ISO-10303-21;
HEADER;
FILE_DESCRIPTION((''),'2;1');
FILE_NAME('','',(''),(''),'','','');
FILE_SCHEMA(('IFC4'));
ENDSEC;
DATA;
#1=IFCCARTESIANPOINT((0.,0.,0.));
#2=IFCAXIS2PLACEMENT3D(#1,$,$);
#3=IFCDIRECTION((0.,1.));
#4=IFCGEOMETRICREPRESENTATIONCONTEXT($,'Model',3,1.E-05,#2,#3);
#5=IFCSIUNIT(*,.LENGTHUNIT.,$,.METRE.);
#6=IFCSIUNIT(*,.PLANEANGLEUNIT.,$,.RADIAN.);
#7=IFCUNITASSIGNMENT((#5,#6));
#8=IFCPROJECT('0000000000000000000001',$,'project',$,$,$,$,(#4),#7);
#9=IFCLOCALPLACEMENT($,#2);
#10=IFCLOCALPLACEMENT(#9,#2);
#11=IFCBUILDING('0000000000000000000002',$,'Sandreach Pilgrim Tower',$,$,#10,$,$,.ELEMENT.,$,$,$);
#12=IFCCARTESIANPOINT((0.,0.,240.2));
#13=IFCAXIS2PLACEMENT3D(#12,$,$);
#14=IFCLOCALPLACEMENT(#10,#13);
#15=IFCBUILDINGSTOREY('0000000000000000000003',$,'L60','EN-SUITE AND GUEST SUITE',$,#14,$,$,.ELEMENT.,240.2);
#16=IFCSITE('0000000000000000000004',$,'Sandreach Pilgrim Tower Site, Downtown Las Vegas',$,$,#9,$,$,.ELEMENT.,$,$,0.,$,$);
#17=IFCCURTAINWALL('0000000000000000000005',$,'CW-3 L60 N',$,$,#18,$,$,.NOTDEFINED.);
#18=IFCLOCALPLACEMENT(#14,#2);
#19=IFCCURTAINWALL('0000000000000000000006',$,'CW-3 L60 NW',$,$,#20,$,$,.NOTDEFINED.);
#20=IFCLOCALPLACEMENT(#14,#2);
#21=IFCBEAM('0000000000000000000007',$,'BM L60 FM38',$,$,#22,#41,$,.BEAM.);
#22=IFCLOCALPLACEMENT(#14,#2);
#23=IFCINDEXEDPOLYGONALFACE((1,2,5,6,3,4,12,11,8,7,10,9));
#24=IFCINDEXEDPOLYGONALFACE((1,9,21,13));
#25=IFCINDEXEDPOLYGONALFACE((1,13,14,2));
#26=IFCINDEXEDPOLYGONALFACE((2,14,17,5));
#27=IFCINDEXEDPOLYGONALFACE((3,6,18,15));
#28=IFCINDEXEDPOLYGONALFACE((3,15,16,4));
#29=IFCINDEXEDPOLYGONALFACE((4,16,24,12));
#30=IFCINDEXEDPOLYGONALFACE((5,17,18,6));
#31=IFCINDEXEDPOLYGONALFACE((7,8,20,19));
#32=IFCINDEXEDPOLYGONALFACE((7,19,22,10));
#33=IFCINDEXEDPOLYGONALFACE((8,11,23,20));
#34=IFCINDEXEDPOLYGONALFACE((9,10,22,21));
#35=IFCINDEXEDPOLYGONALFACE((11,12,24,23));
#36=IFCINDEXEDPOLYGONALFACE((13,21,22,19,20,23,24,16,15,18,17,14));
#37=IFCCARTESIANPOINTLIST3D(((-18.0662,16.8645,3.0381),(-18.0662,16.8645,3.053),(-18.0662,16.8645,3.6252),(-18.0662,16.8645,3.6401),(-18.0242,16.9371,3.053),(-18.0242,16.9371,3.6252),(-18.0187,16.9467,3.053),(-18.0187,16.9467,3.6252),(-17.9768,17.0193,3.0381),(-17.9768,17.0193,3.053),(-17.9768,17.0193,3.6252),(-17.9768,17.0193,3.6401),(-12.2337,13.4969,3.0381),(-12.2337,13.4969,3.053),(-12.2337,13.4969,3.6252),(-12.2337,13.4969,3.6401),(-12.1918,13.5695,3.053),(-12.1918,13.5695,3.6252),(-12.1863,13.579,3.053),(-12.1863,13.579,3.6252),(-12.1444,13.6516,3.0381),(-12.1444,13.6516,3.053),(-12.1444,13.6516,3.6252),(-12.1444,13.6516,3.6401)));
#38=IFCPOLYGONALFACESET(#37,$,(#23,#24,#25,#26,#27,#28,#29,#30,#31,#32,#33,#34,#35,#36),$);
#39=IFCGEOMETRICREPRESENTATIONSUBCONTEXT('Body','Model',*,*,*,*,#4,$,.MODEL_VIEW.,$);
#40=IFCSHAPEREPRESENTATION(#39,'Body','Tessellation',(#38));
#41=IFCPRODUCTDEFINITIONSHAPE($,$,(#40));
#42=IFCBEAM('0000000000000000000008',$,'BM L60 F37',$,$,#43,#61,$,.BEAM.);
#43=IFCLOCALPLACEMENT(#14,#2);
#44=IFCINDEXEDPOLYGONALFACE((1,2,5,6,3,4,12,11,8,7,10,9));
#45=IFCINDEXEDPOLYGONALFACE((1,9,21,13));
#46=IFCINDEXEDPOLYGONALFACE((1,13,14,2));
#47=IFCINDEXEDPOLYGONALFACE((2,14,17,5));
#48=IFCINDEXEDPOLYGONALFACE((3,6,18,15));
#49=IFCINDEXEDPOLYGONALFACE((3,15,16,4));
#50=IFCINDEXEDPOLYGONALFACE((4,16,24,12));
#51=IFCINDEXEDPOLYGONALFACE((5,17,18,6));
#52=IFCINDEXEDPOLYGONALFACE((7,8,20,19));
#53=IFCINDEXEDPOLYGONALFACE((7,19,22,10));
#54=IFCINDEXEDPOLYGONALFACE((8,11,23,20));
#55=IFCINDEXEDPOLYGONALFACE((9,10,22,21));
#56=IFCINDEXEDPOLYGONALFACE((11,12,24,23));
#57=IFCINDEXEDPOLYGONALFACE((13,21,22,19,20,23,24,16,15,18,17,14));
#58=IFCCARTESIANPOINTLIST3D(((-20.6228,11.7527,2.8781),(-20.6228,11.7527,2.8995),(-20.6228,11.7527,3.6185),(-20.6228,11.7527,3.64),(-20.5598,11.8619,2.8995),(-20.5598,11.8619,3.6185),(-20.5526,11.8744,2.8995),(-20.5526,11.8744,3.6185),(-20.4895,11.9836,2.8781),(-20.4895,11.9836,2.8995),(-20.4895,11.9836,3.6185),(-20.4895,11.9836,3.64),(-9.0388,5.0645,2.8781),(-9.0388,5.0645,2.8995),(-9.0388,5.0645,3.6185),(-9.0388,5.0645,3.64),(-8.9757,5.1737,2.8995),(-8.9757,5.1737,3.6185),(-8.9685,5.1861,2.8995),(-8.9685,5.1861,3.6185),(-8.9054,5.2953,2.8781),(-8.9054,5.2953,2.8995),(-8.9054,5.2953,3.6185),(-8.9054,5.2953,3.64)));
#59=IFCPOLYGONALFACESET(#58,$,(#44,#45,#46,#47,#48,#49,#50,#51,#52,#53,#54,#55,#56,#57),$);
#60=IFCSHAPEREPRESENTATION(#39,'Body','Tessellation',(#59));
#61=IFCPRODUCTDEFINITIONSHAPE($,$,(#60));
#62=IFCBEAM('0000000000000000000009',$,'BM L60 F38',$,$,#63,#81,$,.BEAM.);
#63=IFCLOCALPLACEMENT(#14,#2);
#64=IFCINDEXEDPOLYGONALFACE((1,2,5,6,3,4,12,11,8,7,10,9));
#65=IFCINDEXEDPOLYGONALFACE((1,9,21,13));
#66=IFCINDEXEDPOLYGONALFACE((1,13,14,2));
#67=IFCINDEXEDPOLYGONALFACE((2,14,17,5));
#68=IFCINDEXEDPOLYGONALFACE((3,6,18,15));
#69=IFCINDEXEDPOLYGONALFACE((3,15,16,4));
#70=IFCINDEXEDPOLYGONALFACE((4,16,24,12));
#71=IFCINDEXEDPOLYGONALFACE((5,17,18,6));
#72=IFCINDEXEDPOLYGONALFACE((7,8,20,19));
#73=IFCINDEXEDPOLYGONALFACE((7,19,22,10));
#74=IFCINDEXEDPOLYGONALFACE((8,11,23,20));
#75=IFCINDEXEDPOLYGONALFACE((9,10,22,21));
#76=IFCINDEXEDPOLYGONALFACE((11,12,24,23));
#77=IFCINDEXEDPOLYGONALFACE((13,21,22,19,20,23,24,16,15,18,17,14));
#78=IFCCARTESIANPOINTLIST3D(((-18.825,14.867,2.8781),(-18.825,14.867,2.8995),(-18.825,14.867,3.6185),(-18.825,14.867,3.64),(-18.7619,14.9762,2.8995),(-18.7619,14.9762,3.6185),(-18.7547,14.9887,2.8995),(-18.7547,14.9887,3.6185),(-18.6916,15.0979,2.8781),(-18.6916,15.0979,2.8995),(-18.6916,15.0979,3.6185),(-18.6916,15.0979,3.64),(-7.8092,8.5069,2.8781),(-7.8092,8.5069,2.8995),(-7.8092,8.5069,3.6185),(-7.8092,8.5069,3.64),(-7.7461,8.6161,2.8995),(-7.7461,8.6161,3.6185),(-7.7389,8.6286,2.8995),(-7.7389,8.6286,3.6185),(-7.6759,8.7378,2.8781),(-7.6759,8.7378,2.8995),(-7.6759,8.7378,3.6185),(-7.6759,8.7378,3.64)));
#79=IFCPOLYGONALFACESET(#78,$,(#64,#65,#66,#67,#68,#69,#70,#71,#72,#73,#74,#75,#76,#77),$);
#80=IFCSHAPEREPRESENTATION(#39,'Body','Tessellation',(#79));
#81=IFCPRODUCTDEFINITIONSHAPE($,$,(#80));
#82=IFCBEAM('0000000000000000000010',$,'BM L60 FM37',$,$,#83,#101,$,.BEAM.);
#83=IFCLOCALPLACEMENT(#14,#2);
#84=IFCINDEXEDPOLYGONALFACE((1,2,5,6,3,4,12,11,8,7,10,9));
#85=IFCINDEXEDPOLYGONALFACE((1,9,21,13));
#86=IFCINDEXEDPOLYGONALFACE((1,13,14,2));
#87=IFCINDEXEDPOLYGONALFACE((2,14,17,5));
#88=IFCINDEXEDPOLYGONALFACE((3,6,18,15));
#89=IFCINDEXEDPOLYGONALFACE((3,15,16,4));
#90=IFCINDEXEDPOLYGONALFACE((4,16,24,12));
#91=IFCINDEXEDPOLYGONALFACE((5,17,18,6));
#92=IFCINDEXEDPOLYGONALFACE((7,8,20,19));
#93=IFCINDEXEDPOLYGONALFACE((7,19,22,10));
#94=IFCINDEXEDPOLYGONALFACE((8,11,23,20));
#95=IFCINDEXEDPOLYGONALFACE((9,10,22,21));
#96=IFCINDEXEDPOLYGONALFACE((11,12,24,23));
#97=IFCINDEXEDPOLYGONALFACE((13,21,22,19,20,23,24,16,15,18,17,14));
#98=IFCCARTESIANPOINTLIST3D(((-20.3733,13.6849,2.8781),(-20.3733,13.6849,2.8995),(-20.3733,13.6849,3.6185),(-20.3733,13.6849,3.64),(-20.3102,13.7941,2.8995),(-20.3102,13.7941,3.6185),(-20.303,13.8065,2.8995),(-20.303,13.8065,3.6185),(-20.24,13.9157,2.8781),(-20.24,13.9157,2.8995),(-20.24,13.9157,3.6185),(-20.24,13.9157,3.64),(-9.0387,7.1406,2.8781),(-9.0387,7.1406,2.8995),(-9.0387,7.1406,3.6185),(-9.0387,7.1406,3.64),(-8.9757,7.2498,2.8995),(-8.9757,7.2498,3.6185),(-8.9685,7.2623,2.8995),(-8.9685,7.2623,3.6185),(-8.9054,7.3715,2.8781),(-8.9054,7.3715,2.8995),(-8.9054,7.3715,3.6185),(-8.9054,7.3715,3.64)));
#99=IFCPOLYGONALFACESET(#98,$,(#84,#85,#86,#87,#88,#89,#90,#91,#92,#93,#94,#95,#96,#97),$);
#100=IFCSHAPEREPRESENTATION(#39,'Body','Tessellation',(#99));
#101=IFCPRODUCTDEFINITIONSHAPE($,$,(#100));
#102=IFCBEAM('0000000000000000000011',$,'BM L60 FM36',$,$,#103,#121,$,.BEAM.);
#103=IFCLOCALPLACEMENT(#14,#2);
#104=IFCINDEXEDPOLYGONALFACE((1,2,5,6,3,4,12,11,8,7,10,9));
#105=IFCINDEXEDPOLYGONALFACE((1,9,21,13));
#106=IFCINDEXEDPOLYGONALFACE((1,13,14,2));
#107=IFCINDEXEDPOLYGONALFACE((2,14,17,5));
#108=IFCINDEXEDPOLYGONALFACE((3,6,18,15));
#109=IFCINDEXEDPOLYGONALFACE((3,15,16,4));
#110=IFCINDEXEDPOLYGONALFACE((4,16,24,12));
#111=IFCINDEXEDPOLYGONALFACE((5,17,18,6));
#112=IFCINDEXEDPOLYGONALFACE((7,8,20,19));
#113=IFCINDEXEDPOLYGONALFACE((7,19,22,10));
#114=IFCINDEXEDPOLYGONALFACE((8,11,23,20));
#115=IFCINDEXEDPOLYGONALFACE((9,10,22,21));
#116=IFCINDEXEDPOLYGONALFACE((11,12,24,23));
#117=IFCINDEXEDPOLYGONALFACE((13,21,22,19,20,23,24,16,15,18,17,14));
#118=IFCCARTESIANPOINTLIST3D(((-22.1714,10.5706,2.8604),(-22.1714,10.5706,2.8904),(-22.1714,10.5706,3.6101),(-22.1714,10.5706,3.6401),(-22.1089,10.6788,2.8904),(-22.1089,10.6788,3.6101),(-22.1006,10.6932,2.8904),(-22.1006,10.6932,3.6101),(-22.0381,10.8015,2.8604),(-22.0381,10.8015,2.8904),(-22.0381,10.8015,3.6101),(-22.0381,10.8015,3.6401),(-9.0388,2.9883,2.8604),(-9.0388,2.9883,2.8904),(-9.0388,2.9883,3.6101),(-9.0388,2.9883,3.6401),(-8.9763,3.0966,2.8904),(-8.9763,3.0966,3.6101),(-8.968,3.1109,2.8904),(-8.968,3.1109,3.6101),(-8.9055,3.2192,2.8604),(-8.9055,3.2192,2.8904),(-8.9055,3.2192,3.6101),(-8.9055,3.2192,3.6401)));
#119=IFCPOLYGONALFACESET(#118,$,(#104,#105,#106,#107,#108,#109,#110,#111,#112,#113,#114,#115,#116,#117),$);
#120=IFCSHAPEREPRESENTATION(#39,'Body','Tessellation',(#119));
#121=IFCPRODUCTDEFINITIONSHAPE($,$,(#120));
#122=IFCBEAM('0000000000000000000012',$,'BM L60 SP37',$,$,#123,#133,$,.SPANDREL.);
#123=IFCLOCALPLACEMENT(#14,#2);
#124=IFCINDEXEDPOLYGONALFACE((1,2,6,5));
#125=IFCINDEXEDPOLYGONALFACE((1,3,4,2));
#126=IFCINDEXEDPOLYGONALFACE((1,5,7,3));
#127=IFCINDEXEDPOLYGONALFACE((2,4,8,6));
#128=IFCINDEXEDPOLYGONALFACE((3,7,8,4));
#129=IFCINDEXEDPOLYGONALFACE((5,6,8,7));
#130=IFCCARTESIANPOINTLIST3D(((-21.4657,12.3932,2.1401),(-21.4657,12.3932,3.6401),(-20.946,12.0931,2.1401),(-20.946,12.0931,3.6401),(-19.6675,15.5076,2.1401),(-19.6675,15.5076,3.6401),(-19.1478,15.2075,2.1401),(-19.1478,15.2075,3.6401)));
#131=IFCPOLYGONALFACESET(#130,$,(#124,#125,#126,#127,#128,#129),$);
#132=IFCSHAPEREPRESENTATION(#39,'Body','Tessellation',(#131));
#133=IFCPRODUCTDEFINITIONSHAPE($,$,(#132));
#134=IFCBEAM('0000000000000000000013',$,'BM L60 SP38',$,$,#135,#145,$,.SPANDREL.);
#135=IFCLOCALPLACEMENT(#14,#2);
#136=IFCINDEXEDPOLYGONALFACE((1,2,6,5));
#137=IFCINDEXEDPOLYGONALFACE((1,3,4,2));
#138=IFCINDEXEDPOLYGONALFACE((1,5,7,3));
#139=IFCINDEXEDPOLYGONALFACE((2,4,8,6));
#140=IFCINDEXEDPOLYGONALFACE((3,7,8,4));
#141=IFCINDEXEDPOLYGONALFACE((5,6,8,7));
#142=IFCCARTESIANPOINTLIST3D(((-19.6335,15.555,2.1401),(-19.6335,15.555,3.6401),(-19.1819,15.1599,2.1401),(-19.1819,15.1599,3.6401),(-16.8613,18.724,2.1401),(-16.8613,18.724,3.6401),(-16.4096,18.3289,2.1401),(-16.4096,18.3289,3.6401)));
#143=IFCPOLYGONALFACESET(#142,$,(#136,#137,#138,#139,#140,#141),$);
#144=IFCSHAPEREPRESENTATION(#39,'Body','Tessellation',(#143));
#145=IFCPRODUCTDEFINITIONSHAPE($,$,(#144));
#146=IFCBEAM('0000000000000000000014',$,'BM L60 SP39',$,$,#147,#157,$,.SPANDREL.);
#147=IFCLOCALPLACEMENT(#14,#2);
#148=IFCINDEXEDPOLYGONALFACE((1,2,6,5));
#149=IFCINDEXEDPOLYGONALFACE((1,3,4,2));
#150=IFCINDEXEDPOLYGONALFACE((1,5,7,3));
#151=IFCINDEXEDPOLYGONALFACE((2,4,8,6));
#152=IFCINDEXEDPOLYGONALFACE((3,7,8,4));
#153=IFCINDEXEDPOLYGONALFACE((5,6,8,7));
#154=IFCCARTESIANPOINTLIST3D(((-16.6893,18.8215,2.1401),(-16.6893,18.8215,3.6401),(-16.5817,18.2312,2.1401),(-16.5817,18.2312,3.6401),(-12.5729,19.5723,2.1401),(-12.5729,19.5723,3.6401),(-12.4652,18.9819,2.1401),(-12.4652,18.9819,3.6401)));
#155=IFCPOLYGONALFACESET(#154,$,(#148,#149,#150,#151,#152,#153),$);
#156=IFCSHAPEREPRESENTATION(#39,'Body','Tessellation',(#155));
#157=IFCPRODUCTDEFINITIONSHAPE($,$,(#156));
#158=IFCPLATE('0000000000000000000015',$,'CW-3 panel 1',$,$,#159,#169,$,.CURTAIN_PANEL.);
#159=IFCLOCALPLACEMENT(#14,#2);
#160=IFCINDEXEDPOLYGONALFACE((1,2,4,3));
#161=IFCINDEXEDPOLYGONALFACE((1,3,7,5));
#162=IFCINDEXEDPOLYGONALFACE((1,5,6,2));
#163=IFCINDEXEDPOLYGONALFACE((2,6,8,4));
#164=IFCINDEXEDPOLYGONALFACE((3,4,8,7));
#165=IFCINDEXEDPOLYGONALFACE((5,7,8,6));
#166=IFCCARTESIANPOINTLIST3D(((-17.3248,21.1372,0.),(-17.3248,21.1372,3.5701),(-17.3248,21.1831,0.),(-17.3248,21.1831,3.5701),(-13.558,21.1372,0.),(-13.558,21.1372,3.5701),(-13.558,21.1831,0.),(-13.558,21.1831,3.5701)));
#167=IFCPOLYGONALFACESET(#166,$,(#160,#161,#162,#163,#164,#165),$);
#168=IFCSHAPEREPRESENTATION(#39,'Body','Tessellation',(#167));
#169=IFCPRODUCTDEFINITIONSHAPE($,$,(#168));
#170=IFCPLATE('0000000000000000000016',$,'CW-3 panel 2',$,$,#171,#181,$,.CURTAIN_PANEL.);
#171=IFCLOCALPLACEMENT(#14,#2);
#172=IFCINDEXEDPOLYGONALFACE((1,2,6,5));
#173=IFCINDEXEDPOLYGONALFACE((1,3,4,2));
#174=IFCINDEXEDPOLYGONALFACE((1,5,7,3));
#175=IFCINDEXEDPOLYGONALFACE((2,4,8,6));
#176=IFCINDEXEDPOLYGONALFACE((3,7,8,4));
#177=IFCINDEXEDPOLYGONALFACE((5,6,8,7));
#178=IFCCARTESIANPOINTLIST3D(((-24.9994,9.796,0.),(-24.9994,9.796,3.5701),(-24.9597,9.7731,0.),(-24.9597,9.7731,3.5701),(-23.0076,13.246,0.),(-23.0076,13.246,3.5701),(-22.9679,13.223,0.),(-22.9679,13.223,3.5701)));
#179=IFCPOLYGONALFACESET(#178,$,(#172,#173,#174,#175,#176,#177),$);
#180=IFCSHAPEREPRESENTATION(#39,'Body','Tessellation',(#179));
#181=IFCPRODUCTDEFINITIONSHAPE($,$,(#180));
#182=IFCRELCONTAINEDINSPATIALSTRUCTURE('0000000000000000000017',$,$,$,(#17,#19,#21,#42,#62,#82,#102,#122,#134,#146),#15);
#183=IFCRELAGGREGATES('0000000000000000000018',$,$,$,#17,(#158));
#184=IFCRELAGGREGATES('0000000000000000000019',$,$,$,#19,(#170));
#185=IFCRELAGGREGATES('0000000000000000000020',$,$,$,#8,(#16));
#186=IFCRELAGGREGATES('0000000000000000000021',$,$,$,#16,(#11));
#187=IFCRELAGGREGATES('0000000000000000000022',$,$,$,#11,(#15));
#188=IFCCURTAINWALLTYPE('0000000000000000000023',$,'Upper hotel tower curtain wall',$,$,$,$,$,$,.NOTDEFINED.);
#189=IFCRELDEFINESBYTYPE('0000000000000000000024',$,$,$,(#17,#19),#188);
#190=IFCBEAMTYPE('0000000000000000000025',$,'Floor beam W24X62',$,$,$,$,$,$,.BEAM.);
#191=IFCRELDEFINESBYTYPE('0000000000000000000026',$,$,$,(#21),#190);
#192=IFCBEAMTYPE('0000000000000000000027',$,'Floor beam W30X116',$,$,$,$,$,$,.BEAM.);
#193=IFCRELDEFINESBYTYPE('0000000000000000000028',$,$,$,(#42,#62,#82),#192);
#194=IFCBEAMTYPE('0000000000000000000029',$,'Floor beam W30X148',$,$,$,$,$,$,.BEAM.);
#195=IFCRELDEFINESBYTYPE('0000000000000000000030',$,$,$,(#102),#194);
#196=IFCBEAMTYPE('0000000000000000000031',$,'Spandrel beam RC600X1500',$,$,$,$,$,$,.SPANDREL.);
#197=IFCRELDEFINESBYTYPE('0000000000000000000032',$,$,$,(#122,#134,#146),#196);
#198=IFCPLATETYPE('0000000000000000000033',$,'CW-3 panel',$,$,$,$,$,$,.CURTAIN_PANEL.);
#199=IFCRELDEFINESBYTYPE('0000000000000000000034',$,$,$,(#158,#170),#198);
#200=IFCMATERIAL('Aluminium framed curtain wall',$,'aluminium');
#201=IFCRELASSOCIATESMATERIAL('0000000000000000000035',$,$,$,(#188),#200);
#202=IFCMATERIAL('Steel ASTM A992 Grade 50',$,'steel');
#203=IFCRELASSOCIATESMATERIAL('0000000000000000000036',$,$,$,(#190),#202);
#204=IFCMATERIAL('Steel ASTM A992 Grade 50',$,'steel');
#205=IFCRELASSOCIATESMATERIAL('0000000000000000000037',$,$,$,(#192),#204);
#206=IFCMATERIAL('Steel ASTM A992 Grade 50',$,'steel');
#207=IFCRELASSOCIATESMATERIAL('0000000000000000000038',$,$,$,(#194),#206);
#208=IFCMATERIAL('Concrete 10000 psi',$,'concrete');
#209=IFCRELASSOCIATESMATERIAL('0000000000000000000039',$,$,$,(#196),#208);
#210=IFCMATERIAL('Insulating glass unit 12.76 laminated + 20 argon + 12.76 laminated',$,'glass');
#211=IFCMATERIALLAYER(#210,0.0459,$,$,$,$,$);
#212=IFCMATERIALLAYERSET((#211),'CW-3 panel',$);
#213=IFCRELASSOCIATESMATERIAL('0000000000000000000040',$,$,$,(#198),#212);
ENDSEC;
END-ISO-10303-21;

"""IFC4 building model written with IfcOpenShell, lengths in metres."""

from ifc_helpers import new_model, si_unit, direction, frame, origin, origin_2d, place, context, subcontext, project, spatial, rectangle, i_section, extrude, material, layer, layer_set, material_profile, profile_set, type_object, element, aggregate, save


model = new_model("IFC4")

# Units and contexts
model_context = context("Model", 3, precision=1e-05, world=origin(), true_north=direction((0.0, 1.0)))
body_context = subcontext(model_context, "Body", "Model", "MODEL_VIEW")
ifc_project = project(units=[si_unit("LENGTHUNIT", "METRE"), si_unit("PLANEANGLEUNIT", "RADIAN")], contexts=[model_context])

# Site, building, storey
site_placement = place(None, origin())
site = spatial("IfcSite", under=ifc_project, at=site_placement, Name="Sandreach Pilgrim Tower Site, Downtown Las Vegas", CompositionType="ELEMENT", RefElevation=0.0)
building_placement = place(site_placement, origin())
building = spatial("IfcBuilding", under=site, at=building_placement, Name="Sandreach Pilgrim Tower", CompositionType="ELEMENT")
storey_placement = place(building_placement, frame((0.0, 0.0, 240.2)))
storey = spatial("IfcBuildingStorey", under=building, at=storey_placement, Name="L60", Description="EN-SUITE AND GUEST SUITE", CompositionType="ELEMENT", Elevation=240.2)

# Curtain wall
ifc_material_1 = material(Name="Aluminium framed curtain wall", Category="aluminium")
curtain_wall_type = type_object("IfcCurtainWallType", Name="Upper hotel tower curtain wall", PredefinedType="NOTDEFINED", material=ifc_material_1)
curtain_wall_1_placement = place(storey_placement, origin())
curtain_wall_1 = element("IfcCurtainWall", 1, at=curtain_wall_1_placement, inside=storey, type_object=curtain_wall_type, Name="CW-3 L60 N", PredefinedType="NOTDEFINED")

# Curtain wall
curtain_wall_2_placement = place(storey_placement, origin())
curtain_wall_2 = element("IfcCurtainWall", 2, at=curtain_wall_2_placement, inside=storey, type_object=curtain_wall_type, Name="CW-3 L60 NW", PredefinedType="NOTDEFINED")

# Beams
ifc_material_2 = material(Name="Steel ASTM A992 Grade 50", Category="steel")
ifc_material_profile_1 = material_profile(ifc_material_2, i_section(OverallWidth=0.1787, OverallDepth=0.6021, WebThickness=0.011, FlangeThickness=0.0149, at=origin_2d()), Name="W24X62")
ifc_profile_set_1 = profile_set([ifc_material_profile_1], Name="Steel ASTM A992 Grade 50")
beam_type_1 = type_object("IfcBeamType", Name="Floor beam W24X62", PredefinedType="BEAM", material=ifc_profile_set_1)
beam_1_placement = place(storey_placement, frame((-18.0215, 16.9419, 3.3391), z_axis=(0.866008, -0.50003, 0.0), x_axis=(0.50003, 0.866008, 0.0)))
element("IfcBeam", 3, at=beam_1_placement, inside=storey, type_object=beam_type_1, Name="BM L60 FM38", PredefinedType="BEAM", context=body_context, shape_type="SweptSolid", body=[
    extrude(i_section(OverallWidth=0.1787, OverallDepth=0.6021, WebThickness=0.011, FlangeThickness=0.0149, at=origin_2d()), origin(), (0.0, 0.0, 1.0), 6.7349),
])
ifc_material_3 = material(Name="Steel ASTM A992 Grade 50", Category="steel")
ifc_material_profile_2 = material_profile(ifc_material_3, i_section(OverallWidth=0.2666, OverallDepth=0.762, WebThickness=0.0144, FlangeThickness=0.0215, at=origin_2d()), Name="W30X116")
ifc_profile_set_2 = profile_set([ifc_material_profile_2], Name="Steel ASTM A992 Grade 50")
beam_type_2 = type_object("IfcBeamType", Name="Floor beam W30X116", PredefinedType="BEAM", material=ifc_profile_set_2)
beam_2_placement = place(storey_placement, frame((-20.5562, 11.8682, 3.259), z_axis=(0.866018, -0.500012, 0.0), x_axis=(0.500012, 0.866018, 0.0)))
element("IfcBeam", 4, at=beam_2_placement, inside=storey, type_object=beam_type_2, Name="BM L60 F37", PredefinedType="BEAM", context=body_context, shape_type="SweptSolid", body=[
    extrude(i_section(OverallWidth=0.2666, OverallDepth=0.762, WebThickness=0.0144, FlangeThickness=0.0215, at=origin_2d()), origin(), (0.0, 0.0, 1.0), 13.3762),
])
beam_3_placement = place(storey_placement, frame((-18.7583, 14.9824, 3.259), z_axis=(0.866022, -0.500005, 0.0), x_axis=(0.500005, 0.866022, 0.0)))
element("IfcBeam", 5, at=beam_3_placement, inside=storey, type_object=beam_type_2, Name="BM L60 F38", PredefinedType="BEAM", context=body_context, shape_type="SweptSolid", body=[
    extrude(i_section(OverallWidth=0.2666, OverallDepth=0.762, WebThickness=0.0144, FlangeThickness=0.0215, at=origin_2d()), origin(), (0.0, 0.0, 1.0), 12.72),
])
beam_4_placement = place(storey_placement, frame((-20.3066, 13.8003, 3.259), z_axis=(0.866018, -0.500013, 0.0), x_axis=(0.500013, 0.866018, 0.0)))
element("IfcBeam", 6, at=beam_4_placement, inside=storey, type_object=beam_type_2, Name="BM L60 FM37", PredefinedType="BEAM", context=body_context, shape_type="SweptSolid", body=[
    extrude(i_section(OverallWidth=0.2666, OverallDepth=0.762, WebThickness=0.0144, FlangeThickness=0.0215, at=origin_2d()), origin(), (0.0, 0.0, 1.0), 13.0881),
])
ifc_material_4 = material(Name="Steel ASTM A992 Grade 50", Category="steel")
ifc_material_profile_3 = material_profile(ifc_material_4, i_section(OverallWidth=0.2666, OverallDepth=0.7798, WebThickness=0.0166, FlangeThickness=0.03, at=origin_2d()), Name="W30X148")
ifc_profile_set_3 = profile_set([ifc_material_profile_3], Name="Steel ASTM A992 Grade 50")
beam_type_3 = type_object("IfcBeamType", Name="Floor beam W30X148", PredefinedType="BEAM", material=ifc_profile_set_3)
beam_5_placement = place(storey_placement, frame((-22.1047, 10.686, 3.2502), z_axis=(0.86602, -0.500009, 0.0), x_axis=(0.500009, 0.86602, 0.0)))
element("IfcBeam", 7, at=beam_5_placement, inside=storey, type_object=beam_type_3, Name="BM L60 FM36", PredefinedType="BEAM", context=body_context, shape_type="SweptSolid", body=[
    extrude(i_section(OverallWidth=0.2666, OverallDepth=0.7798, WebThickness=0.0166, FlangeThickness=0.03, at=origin_2d()), origin(), (0.0, 0.0, 1.0), 15.1643),
])
ifc_material_5 = material(Name="Concrete 10000 psi", Category="concrete")
ifc_material_profile_4 = material_profile(ifc_material_5, rectangle(XDim=0.6001, YDim=1.5, at=origin_2d()), Name="RC600X1500")
ifc_profile_set_4 = profile_set([ifc_material_profile_4], Name="Concrete 10000 psi")
beam_type_4 = type_object("IfcBeamType", Name="Spandrel beam RC600X1500", PredefinedType="SPANDREL", material=ifc_profile_set_4)
beam_6_placement = place(storey_placement, frame((-21.2058, 12.2432, 2.8901), z_axis=(0.500016, 0.866016, 0.0), x_axis=(-0.866016, 0.500016, 0.0)))
element("IfcBeam", 8, at=beam_6_placement, inside=storey, type_object=beam_type_4, Name="BM L60 SP37", PredefinedType="SPANDREL", context=body_context, shape_type="SweptSolid", body=[
    extrude(rectangle(XDim=0.6001, YDim=1.5, at=origin_2d()), origin(), (0.0, 0.0, 1.0), 3.5962),
])
beam_7_placement = place(storey_placement, frame((-19.4077, 15.3574, 2.8901), z_axis=(0.658423, 0.752649, 0.0), x_axis=(-0.752649, 0.658423, 0.0)))
element("IfcBeam", 9, at=beam_7_placement, inside=storey, type_object=beam_type_4, Name="BM L60 SP38", PredefinedType="SPANDREL", context=body_context, shape_type="SweptSolid", body=[
    extrude(rectangle(XDim=0.6001, YDim=1.5, at=origin_2d()), origin(), (0.0, 0.0, 1.0), 4.2104),
])
beam_8_placement = place(storey_placement, frame((-16.6355, 18.5264, 2.8901), z_axis=(0.983774, 0.179414, 0.0), x_axis=(-0.179414, 0.983774, 0.0)))
element("IfcBeam", 10, at=beam_8_placement, inside=storey, type_object=beam_type_4, Name="BM L60 SP39", PredefinedType="SPANDREL", context=body_context, shape_type="SweptSolid", body=[
    extrude(rectangle(XDim=0.6001, YDim=1.5, at=origin_2d()), origin(), (0.0, 0.0, 1.0), 4.1843),
])

# Plates
ifc_material_6 = material(Name="Insulating glass unit 12.76 laminated + 20 argon + 12.76 laminated", Category="glass")
ifc_layer_1 = layer(ifc_material_6, 0.0459)
ifc_layer_set_1 = layer_set([ifc_layer_1], Name="CW-3 panel")
plate_type = type_object("IfcPlateType", Name="CW-3 panel", PredefinedType="CURTAIN_PANEL", material=ifc_layer_set_1)
plate_1_placement = place(storey_placement, frame((-15.4414, 21.1602, 0.0), z_axis=(0.0, 0.0, 1.0), x_axis=(1.0, 0.0, 0.0)))
plate_1 = element("IfcPlate", 11, at=plate_1_placement, type_object=plate_type, Name="CW-3 panel 1", PredefinedType="CURTAIN_PANEL", context=body_context, shape_type="SweptSolid", body=[
    extrude(rectangle(XDim=3.7668, YDim=0.0459, at=origin_2d()), origin(), (0.0, 0.0, 1.0), 3.5701),
])
aggregate(curtain_wall_1, [plate_1])
plate_2_placement = place(storey_placement, frame((-23.9836, 11.5095, 0.0), z_axis=(0.0, 0.0, 1.0), x_axis=(0.5, 0.866025, 0.0)))
plate_2 = element("IfcPlate", 12, at=plate_2_placement, type_object=plate_type, Name="CW-3 panel 2", PredefinedType="CURTAIN_PANEL", context=body_context, shape_type="SweptSolid", body=[
    extrude(rectangle(XDim=3.9836, YDim=0.0459, at=origin_2d()), origin(), (0.0, 0.0, 1.0), 3.5701),
])
aggregate(curtain_wall_2, [plate_2])

save(model, "model.ifc")
